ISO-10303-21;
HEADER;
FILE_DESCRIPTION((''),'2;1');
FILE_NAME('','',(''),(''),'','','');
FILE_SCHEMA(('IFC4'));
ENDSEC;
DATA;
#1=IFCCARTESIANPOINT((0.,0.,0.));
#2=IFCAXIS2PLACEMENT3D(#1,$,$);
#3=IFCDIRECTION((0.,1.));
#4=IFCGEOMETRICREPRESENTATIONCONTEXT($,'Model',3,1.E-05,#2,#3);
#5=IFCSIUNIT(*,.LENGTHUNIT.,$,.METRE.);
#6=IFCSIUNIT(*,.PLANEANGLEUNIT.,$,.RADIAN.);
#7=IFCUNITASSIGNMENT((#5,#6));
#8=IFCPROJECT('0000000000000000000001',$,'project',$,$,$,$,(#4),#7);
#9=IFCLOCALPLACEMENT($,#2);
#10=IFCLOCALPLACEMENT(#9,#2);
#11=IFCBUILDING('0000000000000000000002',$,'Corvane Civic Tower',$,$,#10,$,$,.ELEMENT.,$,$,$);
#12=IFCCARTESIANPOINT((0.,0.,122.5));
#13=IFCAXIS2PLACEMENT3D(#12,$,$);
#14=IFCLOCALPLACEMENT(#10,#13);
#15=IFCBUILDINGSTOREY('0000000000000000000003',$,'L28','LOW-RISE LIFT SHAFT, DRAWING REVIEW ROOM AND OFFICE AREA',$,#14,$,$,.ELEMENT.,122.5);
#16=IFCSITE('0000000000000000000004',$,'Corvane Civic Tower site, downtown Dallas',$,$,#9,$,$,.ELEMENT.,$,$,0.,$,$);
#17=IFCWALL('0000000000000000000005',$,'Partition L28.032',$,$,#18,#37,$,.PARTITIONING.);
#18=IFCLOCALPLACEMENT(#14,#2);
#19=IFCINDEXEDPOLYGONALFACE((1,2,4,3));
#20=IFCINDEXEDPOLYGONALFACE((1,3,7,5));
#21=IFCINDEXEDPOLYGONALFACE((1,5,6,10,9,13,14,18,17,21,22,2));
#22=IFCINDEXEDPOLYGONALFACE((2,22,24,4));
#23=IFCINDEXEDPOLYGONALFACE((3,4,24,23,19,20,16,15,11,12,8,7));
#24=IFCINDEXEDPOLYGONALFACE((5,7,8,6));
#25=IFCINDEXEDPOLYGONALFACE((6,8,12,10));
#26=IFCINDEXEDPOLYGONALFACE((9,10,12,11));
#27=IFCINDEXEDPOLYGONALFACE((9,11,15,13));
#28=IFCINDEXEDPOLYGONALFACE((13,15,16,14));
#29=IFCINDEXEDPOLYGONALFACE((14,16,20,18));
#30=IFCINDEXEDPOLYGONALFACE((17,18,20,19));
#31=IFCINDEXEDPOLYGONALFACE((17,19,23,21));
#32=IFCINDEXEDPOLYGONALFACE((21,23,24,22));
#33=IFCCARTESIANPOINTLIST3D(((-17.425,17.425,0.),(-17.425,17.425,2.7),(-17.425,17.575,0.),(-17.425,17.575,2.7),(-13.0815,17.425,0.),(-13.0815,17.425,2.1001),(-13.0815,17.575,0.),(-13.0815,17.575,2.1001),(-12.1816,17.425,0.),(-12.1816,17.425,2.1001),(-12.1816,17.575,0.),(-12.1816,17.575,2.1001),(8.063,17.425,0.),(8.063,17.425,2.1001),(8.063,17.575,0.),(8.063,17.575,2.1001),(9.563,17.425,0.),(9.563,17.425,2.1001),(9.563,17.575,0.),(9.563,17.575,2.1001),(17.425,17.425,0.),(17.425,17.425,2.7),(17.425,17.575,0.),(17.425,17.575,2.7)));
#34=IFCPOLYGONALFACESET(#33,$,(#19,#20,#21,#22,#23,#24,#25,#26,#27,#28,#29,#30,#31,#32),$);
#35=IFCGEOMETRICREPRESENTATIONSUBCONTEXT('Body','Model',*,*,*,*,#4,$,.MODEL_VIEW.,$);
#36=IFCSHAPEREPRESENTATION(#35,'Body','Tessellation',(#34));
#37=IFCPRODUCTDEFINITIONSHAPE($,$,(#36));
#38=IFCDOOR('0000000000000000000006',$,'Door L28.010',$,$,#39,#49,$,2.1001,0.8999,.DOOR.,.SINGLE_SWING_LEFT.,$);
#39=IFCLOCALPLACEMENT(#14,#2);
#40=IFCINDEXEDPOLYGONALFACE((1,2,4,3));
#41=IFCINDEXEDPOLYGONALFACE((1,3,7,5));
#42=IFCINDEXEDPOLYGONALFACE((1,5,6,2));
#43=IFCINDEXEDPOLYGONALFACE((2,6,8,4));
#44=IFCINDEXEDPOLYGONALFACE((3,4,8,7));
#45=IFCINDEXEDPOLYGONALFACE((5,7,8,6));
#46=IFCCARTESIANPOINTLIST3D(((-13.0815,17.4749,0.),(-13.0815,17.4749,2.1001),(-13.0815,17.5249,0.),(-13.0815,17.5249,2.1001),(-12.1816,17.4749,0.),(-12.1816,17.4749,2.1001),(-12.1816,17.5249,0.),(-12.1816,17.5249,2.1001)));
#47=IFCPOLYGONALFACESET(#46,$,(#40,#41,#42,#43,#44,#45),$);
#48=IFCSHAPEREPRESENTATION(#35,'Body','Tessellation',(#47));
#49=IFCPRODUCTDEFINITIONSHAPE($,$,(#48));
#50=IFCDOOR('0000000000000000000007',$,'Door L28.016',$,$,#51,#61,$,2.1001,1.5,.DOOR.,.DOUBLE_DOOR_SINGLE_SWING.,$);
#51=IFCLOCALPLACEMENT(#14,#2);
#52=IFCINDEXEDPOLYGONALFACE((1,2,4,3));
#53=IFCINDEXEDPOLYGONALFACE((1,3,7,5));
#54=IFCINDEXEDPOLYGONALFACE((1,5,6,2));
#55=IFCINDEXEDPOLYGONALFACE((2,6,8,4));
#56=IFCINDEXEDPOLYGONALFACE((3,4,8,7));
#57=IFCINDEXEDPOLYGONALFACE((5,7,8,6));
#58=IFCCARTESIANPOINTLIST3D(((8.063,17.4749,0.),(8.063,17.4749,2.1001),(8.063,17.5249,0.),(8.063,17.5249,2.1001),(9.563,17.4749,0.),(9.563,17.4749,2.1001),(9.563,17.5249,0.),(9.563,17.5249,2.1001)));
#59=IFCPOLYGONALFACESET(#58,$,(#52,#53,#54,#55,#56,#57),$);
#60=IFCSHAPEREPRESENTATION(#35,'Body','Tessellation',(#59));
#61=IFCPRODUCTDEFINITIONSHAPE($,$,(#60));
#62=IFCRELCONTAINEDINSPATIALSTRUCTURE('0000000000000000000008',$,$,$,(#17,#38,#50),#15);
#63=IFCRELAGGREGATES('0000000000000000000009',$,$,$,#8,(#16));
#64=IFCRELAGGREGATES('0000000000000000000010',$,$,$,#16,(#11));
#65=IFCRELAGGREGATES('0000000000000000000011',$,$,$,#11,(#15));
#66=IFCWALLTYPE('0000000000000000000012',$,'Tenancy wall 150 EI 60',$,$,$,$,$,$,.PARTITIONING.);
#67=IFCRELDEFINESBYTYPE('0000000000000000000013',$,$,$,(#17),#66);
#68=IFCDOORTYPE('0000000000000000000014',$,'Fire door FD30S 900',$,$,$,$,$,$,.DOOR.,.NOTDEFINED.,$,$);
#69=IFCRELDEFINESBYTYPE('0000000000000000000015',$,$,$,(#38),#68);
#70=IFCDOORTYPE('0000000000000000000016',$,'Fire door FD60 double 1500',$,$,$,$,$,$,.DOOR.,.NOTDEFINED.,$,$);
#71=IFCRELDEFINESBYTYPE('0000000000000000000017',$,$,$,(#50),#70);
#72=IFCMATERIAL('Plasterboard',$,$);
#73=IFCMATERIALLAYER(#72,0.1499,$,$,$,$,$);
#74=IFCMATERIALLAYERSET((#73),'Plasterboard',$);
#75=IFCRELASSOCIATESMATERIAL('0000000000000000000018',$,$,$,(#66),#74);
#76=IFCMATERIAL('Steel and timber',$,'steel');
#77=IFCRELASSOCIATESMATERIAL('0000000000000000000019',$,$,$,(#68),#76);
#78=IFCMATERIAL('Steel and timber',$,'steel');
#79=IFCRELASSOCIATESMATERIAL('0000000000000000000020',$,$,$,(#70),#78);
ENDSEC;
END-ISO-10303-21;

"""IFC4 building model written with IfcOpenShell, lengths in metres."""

from ifc_helpers import new_model, si_unit, direction, frame, frame_2d, origin, place, context, subcontext, project, spatial, rectangle, extrude, material, layer, layer_set, type_object, element, fill, save


model = new_model("IFC4")

# Units and contexts
model_context = context("Model", 3, precision=1e-05, world=origin(), true_north=direction((0.0, 1.0)))
body_context = subcontext(model_context, "Body", "Model", "MODEL_VIEW")
ifc_project = project(units=[si_unit("LENGTHUNIT", "METRE"), si_unit("PLANEANGLEUNIT", "RADIAN")], contexts=[model_context])

# Site, building, storey
site_placement = place(None, origin())
site = spatial("IfcSite", under=ifc_project, at=site_placement, Name="Corvane Civic Tower site, downtown Dallas", CompositionType="ELEMENT", RefElevation=0.0)
building_placement = place(site_placement, origin())
building = spatial("IfcBuilding", under=site, at=building_placement, Name="Corvane Civic Tower", CompositionType="ELEMENT")
storey_placement = place(building_placement, frame((0.0, 0.0, 122.5)))
storey = spatial("IfcBuildingStorey", under=building, at=storey_placement, Name="L28", Description="LOW-RISE LIFT SHAFT, DRAWING REVIEW ROOM AND OFFICE AREA", CompositionType="ELEMENT", Elevation=122.5)

# Wall, openings, doors
ifc_material_1 = material(Name="Plasterboard")
ifc_layer_1 = layer(ifc_material_1, 0.1499)
ifc_layer_set_1 = layer_set([ifc_layer_1], Name="Plasterboard")
wall_type_1 = type_object("IfcWallType", Name="Tenancy wall 150 EI 60", PredefinedType="PARTITIONING", material=ifc_layer_set_1)
wall_1_placement = place(storey_placement, frame((-17.425, 17.5, 0.0), z_axis=(0.0, 0.0, 1.0), x_axis=(1.0, 0.0, 0.0)))
wall_1 = element("IfcWall", 1, at=wall_1_placement, inside=storey, type_object=wall_type_1, Name="Partition L28.032", PredefinedType="PARTITIONING", context=body_context, shape_type="SweptSolid", body=[
    extrude(rectangle(XDim=34.8501, YDim=0.1499, at=frame_2d((17.425, 0.0))), origin(), (0.0, 0.0, 1.0), 2.7),
])
opening_1_placement = place(wall_1_placement, frame((4.3435, 0.0, 0.0)))
opening_1 = element("IfcOpeningElement", 2, at=opening_1_placement, cuts=wall_1, PredefinedType="OPENING", context=body_context, shape_type="SweptSolid", body=[
    extrude(rectangle(XDim=0.8999, YDim=2.1001, at=frame_2d((0.45, 1.05))), frame((0.0, 0.085, 0.0), z_axis=(0.0, -1.0, 0.0), x_axis=(1.0, 0.0, 0.0)), (0.0, 0.0, 1.0), 0.1699),
])
opening_2_placement = place(wall_1_placement, frame((25.488, 0.0, 0.0)))
opening_2 = element("IfcOpeningElement", 3, at=opening_2_placement, cuts=wall_1, PredefinedType="OPENING", context=body_context, shape_type="SweptSolid", body=[
    extrude(rectangle(XDim=1.5, YDim=2.1001, at=frame_2d((0.75, 1.05))), frame((0.0, 0.085, 0.0), z_axis=(0.0, -1.0, 0.0), x_axis=(1.0, 0.0, 0.0)), (0.0, 0.0, 1.0), 0.1699),
])
ifc_material_2 = material(Name="Steel and timber", Category="steel")
door_type_1 = type_object("IfcDoorType", Name="Fire door FD30S 900", OperationType="NOTDEFINED", PredefinedType="DOOR", material=ifc_material_2)
door_1_placement = place(opening_1_placement, origin())
door_1 = element("IfcDoor", 4, at=door_1_placement, inside=storey, type_object=door_type_1, Name="Door L28.010", OperationType="SINGLE_SWING_LEFT", OverallHeight=2.1001, OverallWidth=0.8999, PredefinedType="DOOR", context=body_context, shape_type="SweptSolid", body=[
    extrude(rectangle(XDim=0.8999, YDim=2.1001, at=frame_2d((0.45, 1.05))), frame((0.0, 0.0249, 0.0), z_axis=(0.0, -1.0, 0.0), x_axis=(1.0, 0.0, 0.0)), (0.0, 0.0, 1.0), 0.05),
])
fill(opening_1, door_1)
ifc_material_3 = material(Name="Steel and timber", Category="steel")
door_type_2 = type_object("IfcDoorType", Name="Fire door FD60 double 1500", OperationType="NOTDEFINED", PredefinedType="DOOR", material=ifc_material_3)
door_2_placement = place(opening_2_placement, origin())
door_2 = element("IfcDoor", 5, at=door_2_placement, inside=storey, type_object=door_type_2, Name="Door L28.016", OperationType="DOUBLE_DOOR_SINGLE_SWING", OverallHeight=2.1001, OverallWidth=1.5, PredefinedType="DOOR", context=body_context, shape_type="SweptSolid", body=[
    extrude(rectangle(XDim=1.5, YDim=2.1001, at=frame_2d((0.75, 1.05))), frame((0.0, 0.0249, 0.0), z_axis=(0.0, -1.0, 0.0), x_axis=(1.0, 0.0, 0.0)), (0.0, 0.0, 1.0), 0.05),
])
fill(opening_2, door_2)

save(model, "model.ifc")
